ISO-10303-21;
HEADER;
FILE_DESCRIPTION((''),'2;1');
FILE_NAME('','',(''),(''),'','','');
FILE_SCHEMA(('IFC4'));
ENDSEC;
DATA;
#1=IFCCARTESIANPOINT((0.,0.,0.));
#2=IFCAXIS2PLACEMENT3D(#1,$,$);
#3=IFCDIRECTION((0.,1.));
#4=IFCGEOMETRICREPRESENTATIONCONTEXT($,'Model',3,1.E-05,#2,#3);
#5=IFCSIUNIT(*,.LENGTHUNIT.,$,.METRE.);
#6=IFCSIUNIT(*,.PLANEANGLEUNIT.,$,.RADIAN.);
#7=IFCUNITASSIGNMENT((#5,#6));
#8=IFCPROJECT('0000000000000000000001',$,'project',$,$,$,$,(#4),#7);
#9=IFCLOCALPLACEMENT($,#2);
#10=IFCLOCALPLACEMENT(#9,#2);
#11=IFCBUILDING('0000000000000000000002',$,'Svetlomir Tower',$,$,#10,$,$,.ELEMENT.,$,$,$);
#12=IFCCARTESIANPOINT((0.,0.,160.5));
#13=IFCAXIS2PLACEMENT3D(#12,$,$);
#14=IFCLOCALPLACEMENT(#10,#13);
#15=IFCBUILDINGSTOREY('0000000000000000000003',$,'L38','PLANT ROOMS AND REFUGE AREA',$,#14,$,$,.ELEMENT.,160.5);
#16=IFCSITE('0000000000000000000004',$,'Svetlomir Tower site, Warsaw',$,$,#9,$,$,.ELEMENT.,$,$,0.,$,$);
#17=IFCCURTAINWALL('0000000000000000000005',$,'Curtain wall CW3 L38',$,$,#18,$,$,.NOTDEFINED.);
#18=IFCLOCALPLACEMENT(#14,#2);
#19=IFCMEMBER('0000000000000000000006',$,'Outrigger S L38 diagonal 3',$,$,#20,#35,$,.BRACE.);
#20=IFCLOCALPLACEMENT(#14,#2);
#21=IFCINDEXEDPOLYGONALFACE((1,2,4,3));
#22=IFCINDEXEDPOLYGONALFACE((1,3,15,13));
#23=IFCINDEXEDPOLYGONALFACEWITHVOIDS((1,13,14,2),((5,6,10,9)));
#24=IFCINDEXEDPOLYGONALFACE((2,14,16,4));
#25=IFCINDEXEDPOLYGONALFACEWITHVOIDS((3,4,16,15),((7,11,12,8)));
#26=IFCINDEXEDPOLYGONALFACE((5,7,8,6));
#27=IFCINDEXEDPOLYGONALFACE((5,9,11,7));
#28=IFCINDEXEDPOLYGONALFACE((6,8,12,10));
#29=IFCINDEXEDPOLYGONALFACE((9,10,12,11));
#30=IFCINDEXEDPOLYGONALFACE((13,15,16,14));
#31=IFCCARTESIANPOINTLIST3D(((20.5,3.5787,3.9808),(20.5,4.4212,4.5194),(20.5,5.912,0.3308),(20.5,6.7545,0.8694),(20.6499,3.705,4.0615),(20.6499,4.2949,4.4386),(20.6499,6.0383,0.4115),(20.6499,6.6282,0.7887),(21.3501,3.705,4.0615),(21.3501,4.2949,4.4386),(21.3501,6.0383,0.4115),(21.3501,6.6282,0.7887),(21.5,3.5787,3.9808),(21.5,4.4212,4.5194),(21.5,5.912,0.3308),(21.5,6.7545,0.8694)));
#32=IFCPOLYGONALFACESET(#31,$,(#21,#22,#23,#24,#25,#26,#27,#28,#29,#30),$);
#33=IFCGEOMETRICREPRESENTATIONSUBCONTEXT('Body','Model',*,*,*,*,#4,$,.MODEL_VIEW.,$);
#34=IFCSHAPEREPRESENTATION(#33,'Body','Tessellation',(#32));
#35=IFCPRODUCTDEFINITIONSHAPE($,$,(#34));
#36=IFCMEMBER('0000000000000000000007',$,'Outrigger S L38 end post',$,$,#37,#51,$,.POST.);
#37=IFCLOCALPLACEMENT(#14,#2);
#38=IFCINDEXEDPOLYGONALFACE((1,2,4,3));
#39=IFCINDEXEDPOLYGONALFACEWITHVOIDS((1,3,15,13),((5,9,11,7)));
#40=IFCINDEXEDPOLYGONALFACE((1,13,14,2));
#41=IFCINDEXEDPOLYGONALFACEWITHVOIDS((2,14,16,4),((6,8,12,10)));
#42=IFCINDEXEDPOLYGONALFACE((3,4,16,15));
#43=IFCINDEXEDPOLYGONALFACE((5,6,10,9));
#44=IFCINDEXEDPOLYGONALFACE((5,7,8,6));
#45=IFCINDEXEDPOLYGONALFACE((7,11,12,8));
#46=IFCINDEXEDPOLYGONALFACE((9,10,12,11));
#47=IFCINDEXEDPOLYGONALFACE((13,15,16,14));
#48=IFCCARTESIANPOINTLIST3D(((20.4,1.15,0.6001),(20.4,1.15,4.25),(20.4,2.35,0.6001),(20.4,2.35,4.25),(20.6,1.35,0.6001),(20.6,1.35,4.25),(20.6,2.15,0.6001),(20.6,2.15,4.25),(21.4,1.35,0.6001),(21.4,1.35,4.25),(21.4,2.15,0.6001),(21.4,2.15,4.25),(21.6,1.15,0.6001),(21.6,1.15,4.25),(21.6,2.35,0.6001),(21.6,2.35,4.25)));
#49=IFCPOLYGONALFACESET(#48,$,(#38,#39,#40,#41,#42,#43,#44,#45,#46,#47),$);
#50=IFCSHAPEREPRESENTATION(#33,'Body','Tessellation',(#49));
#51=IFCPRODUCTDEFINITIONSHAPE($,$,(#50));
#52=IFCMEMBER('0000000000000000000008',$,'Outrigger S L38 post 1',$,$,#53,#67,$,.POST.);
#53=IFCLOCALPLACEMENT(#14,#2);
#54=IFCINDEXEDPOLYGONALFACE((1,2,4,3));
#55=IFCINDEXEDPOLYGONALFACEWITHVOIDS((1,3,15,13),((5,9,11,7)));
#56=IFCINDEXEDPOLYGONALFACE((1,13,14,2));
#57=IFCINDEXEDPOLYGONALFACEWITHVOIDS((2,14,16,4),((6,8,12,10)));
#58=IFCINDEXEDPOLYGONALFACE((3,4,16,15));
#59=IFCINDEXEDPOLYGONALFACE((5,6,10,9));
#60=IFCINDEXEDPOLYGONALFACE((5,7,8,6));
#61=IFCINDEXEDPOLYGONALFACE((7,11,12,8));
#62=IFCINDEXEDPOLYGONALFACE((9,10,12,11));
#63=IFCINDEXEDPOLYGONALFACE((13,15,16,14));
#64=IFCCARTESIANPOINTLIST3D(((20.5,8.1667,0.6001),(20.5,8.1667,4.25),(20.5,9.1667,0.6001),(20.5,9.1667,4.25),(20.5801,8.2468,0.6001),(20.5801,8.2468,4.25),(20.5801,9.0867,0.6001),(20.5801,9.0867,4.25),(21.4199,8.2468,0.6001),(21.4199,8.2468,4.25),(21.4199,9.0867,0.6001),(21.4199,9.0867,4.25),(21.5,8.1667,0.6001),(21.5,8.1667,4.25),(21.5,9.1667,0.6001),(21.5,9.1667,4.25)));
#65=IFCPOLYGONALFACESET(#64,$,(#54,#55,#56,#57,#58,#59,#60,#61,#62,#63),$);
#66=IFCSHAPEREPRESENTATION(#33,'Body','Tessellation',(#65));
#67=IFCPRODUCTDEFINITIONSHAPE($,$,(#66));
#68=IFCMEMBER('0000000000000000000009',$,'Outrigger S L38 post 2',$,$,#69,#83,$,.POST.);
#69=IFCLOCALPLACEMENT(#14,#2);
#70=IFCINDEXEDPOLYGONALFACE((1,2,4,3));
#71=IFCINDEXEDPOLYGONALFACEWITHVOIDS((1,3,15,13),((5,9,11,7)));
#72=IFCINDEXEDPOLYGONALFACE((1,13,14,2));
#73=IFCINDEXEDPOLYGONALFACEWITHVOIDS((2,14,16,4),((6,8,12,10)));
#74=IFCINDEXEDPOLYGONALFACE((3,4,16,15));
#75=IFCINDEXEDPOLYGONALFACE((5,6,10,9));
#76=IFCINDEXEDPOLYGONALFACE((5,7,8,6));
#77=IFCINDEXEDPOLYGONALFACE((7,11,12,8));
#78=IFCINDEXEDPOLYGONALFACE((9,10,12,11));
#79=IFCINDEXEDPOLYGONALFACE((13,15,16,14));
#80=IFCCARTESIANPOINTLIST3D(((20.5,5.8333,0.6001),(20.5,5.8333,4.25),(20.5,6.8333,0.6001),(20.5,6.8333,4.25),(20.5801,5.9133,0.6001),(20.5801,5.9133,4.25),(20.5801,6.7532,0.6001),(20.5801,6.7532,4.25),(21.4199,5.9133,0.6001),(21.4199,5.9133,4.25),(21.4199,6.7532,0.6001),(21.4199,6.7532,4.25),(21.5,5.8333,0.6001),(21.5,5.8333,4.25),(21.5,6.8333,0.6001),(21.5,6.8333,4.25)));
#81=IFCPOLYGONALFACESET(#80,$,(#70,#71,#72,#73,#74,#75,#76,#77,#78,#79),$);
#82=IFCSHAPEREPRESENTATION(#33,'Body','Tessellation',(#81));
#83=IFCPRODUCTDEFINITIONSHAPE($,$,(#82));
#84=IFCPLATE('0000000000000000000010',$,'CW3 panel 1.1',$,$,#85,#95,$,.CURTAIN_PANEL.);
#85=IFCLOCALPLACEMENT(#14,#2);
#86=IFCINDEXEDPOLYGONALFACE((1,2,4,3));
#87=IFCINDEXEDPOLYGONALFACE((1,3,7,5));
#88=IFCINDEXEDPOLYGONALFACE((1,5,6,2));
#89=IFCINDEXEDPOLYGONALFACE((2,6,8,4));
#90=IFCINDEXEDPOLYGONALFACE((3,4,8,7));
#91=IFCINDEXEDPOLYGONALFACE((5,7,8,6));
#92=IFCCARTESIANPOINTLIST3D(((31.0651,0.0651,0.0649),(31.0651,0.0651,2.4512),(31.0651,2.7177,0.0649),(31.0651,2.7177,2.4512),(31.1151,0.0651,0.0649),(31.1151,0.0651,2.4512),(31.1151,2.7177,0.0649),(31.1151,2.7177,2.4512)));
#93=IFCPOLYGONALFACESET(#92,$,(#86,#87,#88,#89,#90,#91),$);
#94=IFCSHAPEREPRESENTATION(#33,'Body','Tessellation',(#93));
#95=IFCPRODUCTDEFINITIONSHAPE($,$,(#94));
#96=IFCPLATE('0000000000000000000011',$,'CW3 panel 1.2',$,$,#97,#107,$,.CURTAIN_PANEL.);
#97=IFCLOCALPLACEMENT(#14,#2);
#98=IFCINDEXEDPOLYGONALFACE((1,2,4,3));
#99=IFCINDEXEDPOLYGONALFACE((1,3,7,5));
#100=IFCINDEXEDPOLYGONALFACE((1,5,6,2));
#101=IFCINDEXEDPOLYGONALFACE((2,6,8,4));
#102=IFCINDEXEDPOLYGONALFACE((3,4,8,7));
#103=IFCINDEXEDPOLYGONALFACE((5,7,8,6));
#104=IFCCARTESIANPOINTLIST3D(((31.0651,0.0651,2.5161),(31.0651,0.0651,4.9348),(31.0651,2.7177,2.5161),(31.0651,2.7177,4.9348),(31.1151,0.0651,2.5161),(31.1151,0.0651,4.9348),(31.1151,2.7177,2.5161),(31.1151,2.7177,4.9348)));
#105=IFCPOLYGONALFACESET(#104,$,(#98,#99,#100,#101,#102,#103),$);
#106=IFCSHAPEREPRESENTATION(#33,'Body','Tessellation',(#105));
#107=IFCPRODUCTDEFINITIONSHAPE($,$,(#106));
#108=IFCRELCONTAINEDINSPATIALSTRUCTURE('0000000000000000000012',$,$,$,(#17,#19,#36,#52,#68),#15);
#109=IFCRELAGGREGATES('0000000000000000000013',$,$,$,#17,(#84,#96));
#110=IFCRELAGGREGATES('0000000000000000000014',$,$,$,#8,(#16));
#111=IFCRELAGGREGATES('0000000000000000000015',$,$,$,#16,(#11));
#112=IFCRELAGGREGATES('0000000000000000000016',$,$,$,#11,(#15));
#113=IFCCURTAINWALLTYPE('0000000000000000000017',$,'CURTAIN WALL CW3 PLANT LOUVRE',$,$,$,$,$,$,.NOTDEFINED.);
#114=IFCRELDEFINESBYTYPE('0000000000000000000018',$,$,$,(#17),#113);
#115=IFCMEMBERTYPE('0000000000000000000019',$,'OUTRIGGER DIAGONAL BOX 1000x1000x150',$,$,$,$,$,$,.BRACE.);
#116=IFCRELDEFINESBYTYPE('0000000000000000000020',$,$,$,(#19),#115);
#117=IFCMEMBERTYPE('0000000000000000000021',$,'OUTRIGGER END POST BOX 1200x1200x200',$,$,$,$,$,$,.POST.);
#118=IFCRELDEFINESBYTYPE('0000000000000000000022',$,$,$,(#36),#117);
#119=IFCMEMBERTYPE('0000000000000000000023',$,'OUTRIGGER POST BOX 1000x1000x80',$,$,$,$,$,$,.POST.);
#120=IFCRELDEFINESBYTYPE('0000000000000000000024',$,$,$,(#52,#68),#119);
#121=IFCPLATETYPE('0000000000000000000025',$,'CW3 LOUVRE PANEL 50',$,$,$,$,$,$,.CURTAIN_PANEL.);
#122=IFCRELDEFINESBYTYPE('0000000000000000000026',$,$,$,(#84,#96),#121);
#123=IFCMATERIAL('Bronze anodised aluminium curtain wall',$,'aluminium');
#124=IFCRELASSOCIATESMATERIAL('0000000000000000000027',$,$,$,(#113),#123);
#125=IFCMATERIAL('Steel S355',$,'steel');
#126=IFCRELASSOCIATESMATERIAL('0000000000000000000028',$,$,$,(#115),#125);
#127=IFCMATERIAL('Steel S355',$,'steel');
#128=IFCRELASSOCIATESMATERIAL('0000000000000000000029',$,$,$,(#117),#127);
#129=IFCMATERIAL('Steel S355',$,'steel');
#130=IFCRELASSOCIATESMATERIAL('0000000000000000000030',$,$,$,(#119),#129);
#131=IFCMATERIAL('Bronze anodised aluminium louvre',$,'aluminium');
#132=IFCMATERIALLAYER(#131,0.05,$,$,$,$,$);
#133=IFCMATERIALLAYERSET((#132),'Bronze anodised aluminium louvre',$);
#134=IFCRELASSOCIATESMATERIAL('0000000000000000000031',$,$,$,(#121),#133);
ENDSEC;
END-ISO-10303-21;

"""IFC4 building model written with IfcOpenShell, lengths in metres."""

from ifc_helpers import new_model, si_unit, direction, frame, origin, origin_2d, place, context, subcontext, project, spatial, rectangle, hollow_rectangle, extrude, material, layer, layer_set, material_profile, profile_set, type_object, element, aggregate, save


model = new_model("IFC4")

# Units and contexts
model_context = context("Model", 3, precision=1e-05, world=origin(), true_north=direction((0.0, 1.0)))
body_context = subcontext(model_context, "Body", "Model", "MODEL_VIEW")
ifc_project = project(units=[si_unit("LENGTHUNIT", "METRE"), si_unit("PLANEANGLEUNIT", "RADIAN")], contexts=[model_context])

# Site, building, storey
site_placement = place(None, origin())
site = spatial("IfcSite", under=ifc_project, at=site_placement, Name="Svetlomir Tower site, Warsaw", CompositionType="ELEMENT", RefElevation=0.0)
building_placement = place(site_placement, origin())
building = spatial("IfcBuilding", under=site, at=building_placement, Name="Svetlomir Tower", CompositionType="ELEMENT")
storey_placement = place(building_placement, frame((0.0, 0.0, 160.5)))
storey = spatial("IfcBuildingStorey", under=building, at=storey_placement, Name="L38", Description="PLANT ROOMS AND REFUGE AREA", CompositionType="ELEMENT", Elevation=160.5)

# Curtain wall
ifc_material_1 = material(Name="Bronze anodised aluminium curtain wall", Category="aluminium")
curtain_wall_type = type_object("IfcCurtainWallType", Name="CURTAIN WALL CW3 PLANT LOUVRE", PredefinedType="NOTDEFINED", material=ifc_material_1)
curtain_wall_1_placement = place(storey_placement, origin())
curtain_wall_1 = element("IfcCurtainWall", 1, at=curtain_wall_1_placement, inside=storey, type_object=curtain_wall_type, Name="Curtain wall CW3 L38", PredefinedType="NOTDEFINED")

# Members
ifc_material_2 = material(Name="Steel S355", Category="steel")
ifc_material_profile_1 = material_profile(ifc_material_2, hollow_rectangle(XDim=1.0, YDim=1.0, WallThickness=0.1499, at=origin_2d()), Name="BOX 1000x1000x150")
ifc_profile_set_1 = profile_set([ifc_material_profile_1], Name="Steel S355")
member_type_1 = type_object("IfcMemberType", Name="OUTRIGGER DIAGONAL BOX 1000x1000x150", PredefinedType="BRACE", material=ifc_profile_set_1)
for number, where, z_axis, x_axis, name in (
    (2, (21.0, 6.3333, 0.6001), (0.0, -0.538614, 0.842553), (1.0, 0.0, 0.0), "Outrigger S L38 diagonal 3"),
):
    element("IfcMember", number, at=place(storey_placement, frame(where, z_axis=z_axis, x_axis=x_axis)), inside=storey, type_object=member_type_1, Name=name, PredefinedType="BRACE", context=body_context, shape_type="SweptSolid", body=[
        extrude(hollow_rectangle(XDim=1.0, YDim=1.0, WallThickness=0.1499, at=origin_2d()), origin(), (0.0, 0.0, 1.0), 4.332),
    ])
ifc_material_3 = material(Name="Steel S355", Category="steel")
ifc_material_profile_2 = material_profile(ifc_material_3, hollow_rectangle(XDim=1.2, YDim=1.2, WallThickness=0.2, at=origin_2d()), Name="BOX 1200x1200x200")
ifc_profile_set_2 = profile_set([ifc_material_profile_2], Name="Steel S355")
member_type_2 = type_object("IfcMemberType", Name="OUTRIGGER END POST BOX 1200x1200x200", PredefinedType="POST", material=ifc_profile_set_2)
member_1_placement = place(storey_placement, frame((21.0, 1.75, 0.6001), z_axis=(0.0, 0.0, 1.0), x_axis=(1.0, 0.0, 0.0)))
element("IfcMember", 3, at=member_1_placement, inside=storey, type_object=member_type_2, Name="Outrigger S L38 end post", PredefinedType="POST", context=body_context, shape_type="SweptSolid", body=[
    extrude(hollow_rectangle(XDim=1.2, YDim=1.2, WallThickness=0.2, at=origin_2d()), origin(), (0.0, 0.0, 1.0), 3.6499),
])
ifc_material_4 = material(Name="Steel S355", Category="steel")
ifc_material_profile_3 = material_profile(ifc_material_4, hollow_rectangle(XDim=1.0, YDim=1.0, WallThickness=0.0801, at=origin_2d()), Name="BOX 1000x1000x80")
ifc_profile_set_3 = profile_set([ifc_material_profile_3], Name="Steel S355")
member_type_3 = type_object("IfcMemberType", Name="OUTRIGGER POST BOX 1000x1000x80", PredefinedType="POST", material=ifc_profile_set_3)
for number, where, z_axis, x_axis, name in (
    (4, (21.0, 8.6667, 0.6001), (0.0, 0.0, 1.0), (1.0, 0.0, 0.0), "Outrigger S L38 post 1"),
    (5, (21.0, 6.3333, 0.6001), (0.0, 0.0, 1.0), (1.0, 0.0, 0.0), "Outrigger S L38 post 2"),
):
    element("IfcMember", number, at=place(storey_placement, frame(where, z_axis=z_axis, x_axis=x_axis)), inside=storey, type_object=member_type_3, Name=name, PredefinedType="POST", context=body_context, shape_type="SweptSolid", body=[
        extrude(hollow_rectangle(XDim=1.0, YDim=1.0, WallThickness=0.0801, at=origin_2d()), origin(), (0.0, 0.0, 1.0), 3.6499),
    ])

# Plates
ifc_material_5 = material(Name="Bronze anodised aluminium louvre", Category="aluminium")
ifc_layer = layer(ifc_material_5, 0.05)
ifc_layer_set = layer_set([ifc_layer], Name="Bronze anodised aluminium louvre")
plate_type = type_object("IfcPlateType", Name="CW3 LOUVRE PANEL 50", PredefinedType="CURTAIN_PANEL", material=ifc_layer_set)
plate_1_placement = place(storey_placement, frame((31.0901, 1.3914, 0.0649), z_axis=(0.0, 0.0, 1.0), x_axis=(0.0, 1.0, 0.0)))
plate_1 = element("IfcPlate", 6, at=plate_1_placement, type_object=plate_type, Name="CW3 panel 1.1", PredefinedType="CURTAIN_PANEL", context=body_context, shape_type="SweptSolid", body=[
    extrude(rectangle(XDim=2.6526, YDim=0.05, at=origin_2d()), origin(), (0.0, 0.0, 1.0), 2.3862),
])
plate_2_placement = place(storey_placement, frame((31.0901, 1.3914, 2.5161), z_axis=(0.0, 0.0, 1.0), x_axis=(0.0, 1.0, 0.0)))
plate_2 = element("IfcPlate", 7, at=plate_2_placement, type_object=plate_type, Name="CW3 panel 1.2", PredefinedType="CURTAIN_PANEL", context=body_context, shape_type="SweptSolid", body=[
    extrude(rectangle(XDim=2.6526, YDim=0.05, at=origin_2d()), origin(), (0.0, 0.0, 1.0), 2.4187),
])
aggregate(curtain_wall_1, [plate_1, plate_2])

save(model, "model.ifc")
